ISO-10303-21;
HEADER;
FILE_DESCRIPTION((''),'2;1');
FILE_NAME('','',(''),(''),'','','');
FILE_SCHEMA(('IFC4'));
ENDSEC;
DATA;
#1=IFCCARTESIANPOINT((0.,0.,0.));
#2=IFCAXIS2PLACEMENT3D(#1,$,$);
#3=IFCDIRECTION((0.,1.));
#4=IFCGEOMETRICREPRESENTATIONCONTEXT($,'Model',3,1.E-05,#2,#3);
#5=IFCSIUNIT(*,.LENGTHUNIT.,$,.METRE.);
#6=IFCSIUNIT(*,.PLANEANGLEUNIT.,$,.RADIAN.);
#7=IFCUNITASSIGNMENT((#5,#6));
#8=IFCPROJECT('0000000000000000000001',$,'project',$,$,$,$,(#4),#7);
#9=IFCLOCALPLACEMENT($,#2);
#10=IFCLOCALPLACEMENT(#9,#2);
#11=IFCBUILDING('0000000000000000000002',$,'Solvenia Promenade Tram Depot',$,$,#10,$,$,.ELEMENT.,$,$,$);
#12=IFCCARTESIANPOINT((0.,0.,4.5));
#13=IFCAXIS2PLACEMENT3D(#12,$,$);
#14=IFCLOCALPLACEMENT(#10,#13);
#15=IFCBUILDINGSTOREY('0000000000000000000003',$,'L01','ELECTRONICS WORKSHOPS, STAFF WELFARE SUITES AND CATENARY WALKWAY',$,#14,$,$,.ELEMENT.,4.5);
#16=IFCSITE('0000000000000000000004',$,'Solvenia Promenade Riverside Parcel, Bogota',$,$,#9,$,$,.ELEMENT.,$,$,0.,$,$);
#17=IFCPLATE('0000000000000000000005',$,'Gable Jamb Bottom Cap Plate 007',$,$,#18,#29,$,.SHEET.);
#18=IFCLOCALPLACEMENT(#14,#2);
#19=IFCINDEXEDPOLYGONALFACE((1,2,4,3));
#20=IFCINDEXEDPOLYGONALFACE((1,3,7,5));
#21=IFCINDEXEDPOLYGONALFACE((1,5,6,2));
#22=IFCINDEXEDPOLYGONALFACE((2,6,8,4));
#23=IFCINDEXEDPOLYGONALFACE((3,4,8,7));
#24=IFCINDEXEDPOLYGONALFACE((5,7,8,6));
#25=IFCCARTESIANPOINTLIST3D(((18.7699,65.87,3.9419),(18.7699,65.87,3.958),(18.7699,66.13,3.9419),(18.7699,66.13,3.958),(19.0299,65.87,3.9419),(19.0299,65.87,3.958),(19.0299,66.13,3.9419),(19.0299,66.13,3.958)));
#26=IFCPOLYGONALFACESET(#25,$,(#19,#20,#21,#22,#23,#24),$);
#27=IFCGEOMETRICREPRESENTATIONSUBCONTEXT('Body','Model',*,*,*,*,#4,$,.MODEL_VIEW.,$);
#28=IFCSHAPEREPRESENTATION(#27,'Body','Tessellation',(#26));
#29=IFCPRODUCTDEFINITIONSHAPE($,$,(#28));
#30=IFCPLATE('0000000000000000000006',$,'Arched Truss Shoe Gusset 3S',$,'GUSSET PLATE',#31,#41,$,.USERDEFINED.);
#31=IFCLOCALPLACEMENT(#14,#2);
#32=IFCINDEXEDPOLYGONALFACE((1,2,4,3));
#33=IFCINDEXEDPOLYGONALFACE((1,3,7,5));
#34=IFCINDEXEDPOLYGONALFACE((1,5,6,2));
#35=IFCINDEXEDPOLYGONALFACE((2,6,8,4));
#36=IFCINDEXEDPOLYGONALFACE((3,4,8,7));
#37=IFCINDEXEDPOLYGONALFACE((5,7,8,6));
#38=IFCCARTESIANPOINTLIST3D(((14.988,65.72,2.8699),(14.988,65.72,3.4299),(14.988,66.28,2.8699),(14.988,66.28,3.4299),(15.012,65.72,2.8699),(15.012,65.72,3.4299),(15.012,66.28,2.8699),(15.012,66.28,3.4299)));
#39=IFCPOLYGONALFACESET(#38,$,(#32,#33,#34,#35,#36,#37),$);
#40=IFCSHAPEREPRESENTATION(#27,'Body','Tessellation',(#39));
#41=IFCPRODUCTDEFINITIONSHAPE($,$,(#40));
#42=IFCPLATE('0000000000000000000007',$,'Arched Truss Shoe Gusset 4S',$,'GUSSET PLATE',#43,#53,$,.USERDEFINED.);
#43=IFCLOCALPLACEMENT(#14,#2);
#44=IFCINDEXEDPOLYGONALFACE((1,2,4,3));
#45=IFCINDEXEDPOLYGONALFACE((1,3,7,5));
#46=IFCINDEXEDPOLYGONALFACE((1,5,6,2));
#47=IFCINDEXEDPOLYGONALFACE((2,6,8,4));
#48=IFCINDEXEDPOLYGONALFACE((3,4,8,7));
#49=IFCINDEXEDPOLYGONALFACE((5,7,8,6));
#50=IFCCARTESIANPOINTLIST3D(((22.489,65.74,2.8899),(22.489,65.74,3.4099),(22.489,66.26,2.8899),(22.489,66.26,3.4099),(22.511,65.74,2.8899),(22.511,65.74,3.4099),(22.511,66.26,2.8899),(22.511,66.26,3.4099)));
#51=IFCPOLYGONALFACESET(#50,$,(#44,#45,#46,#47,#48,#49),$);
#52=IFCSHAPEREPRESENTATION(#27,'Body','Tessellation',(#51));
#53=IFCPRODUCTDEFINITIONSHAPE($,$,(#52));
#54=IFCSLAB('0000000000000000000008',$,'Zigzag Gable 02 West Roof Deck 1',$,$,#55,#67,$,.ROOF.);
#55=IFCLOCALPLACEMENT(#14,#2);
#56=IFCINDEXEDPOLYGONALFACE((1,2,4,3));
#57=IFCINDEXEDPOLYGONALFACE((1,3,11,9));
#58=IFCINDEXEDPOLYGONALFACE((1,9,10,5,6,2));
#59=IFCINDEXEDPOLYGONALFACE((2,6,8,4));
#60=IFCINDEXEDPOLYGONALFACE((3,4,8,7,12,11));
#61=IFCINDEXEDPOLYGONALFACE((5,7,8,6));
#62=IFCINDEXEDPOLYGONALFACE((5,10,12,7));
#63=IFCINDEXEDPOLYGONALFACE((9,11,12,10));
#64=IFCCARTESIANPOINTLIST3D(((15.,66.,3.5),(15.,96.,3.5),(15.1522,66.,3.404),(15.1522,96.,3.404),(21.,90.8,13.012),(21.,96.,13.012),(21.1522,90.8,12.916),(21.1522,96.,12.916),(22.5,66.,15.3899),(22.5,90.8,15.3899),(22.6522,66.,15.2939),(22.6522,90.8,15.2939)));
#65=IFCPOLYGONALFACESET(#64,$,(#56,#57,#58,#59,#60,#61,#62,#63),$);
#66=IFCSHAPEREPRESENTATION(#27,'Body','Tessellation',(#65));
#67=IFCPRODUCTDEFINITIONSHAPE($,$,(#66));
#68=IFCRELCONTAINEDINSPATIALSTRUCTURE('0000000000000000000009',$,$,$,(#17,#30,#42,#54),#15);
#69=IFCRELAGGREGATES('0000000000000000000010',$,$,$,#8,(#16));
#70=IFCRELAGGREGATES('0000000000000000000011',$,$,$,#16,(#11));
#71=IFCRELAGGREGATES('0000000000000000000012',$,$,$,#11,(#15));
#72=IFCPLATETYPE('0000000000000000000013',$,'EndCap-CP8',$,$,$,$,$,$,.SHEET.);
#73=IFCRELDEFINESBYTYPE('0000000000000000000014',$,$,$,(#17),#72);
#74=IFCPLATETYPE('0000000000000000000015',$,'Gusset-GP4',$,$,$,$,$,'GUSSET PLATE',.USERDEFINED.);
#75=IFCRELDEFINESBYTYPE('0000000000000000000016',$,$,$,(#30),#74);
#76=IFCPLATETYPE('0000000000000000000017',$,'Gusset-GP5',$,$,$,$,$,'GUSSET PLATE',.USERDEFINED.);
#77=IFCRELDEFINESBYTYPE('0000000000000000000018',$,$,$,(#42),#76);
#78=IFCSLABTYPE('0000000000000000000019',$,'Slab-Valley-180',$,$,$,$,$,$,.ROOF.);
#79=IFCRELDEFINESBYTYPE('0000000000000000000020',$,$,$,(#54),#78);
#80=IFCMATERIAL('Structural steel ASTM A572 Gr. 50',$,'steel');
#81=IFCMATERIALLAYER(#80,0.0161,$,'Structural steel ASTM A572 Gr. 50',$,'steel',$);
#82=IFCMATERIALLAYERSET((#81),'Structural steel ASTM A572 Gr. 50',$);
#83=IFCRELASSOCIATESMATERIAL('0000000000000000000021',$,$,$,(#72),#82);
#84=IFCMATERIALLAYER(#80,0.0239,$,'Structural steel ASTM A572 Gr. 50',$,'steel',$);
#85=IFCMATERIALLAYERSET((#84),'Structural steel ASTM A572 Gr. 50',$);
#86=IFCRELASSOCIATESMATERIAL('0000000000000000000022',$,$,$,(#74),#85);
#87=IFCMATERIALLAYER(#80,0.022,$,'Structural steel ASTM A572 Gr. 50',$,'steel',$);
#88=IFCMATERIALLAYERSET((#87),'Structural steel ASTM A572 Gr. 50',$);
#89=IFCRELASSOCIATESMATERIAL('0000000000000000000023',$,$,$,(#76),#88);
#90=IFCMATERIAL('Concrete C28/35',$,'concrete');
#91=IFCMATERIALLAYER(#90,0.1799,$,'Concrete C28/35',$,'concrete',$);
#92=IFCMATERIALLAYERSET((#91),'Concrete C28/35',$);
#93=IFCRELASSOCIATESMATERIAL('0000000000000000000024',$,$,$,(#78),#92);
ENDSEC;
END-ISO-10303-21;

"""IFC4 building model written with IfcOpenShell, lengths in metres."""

from ifc_helpers import new_model, si_unit, direction, frame, origin, origin_2d, place, context, subcontext, project, spatial, polyline, rectangle, outline, extrude, material, layer, layer_set, type_object, element, save


model = new_model("IFC4")

# Units and contexts
model_context = context("Model", 3, precision=1e-05, world=origin(), true_north=direction((0.0, 1.0)))
body_context = subcontext(model_context, "Body", "Model", "MODEL_VIEW")
ifc_project = project(units=[si_unit("LENGTHUNIT", "METRE"), si_unit("PLANEANGLEUNIT", "RADIAN")], contexts=[model_context])

# Site, building, storey
site_placement = place(None, origin())
site = spatial("IfcSite", under=ifc_project, at=site_placement, Name="Solvenia Promenade Riverside Parcel, Bogota", CompositionType="ELEMENT", RefElevation=0.0)
building_placement = place(site_placement, origin())
building = spatial("IfcBuilding", under=site, at=building_placement, Name="Solvenia Promenade Tram Depot", CompositionType="ELEMENT")
storey_placement = place(building_placement, frame((0.0, 0.0, 4.5)))
storey = spatial("IfcBuildingStorey", under=building, at=storey_placement, Name="L01", Description="ELECTRONICS WORKSHOPS, STAFF WELFARE SUITES AND CATENARY WALKWAY", CompositionType="ELEMENT", Elevation=4.5)

# Plates
ifc_material_1 = material(Name="Structural steel ASTM A572 Gr. 50", Category="steel")
ifc_layer_1 = layer(ifc_material_1, 0.0161, Name="Structural steel ASTM A572 Gr. 50", Category="steel")
ifc_layer_set_1 = layer_set([ifc_layer_1], Name="Structural steel ASTM A572 Gr. 50")
plate_type_1 = type_object("IfcPlateType", Name="EndCap-CP8", PredefinedType="SHEET", material=ifc_layer_set_1)
plate_1_placement = place(storey_placement, frame((18.8999, 66.0, 3.9419), z_axis=(0.0, 0.0, 1.0), x_axis=(1.0, 0.0, 0.0)))
element("IfcPlate", 1, at=plate_1_placement, inside=storey, type_object=plate_type_1, Name="Gable Jamb Bottom Cap Plate 007", PredefinedType="SHEET", context=body_context, shape_type="SweptSolid", body=[
    extrude(rectangle(XDim=0.26, YDim=0.26, at=origin_2d()), origin(), (0.0, 0.0, 1.0), 0.0161),
])
ifc_layer_2 = layer(ifc_material_1, 0.0239, Name="Structural steel ASTM A572 Gr. 50", Category="steel")
ifc_layer_set_2 = layer_set([ifc_layer_2], Name="Structural steel ASTM A572 Gr. 50")
plate_type_2 = type_object("IfcPlateType", Name="Gusset-GP4", ElementType="GUSSET PLATE", PredefinedType="USERDEFINED", material=ifc_layer_set_2)
plate_2_placement = place(storey_placement, frame((15.0, 66.0, 2.8699), z_axis=(0.0, 0.0, 1.0), x_axis=(1.0, 0.0, 0.0)))
element("IfcPlate", 2, at=plate_2_placement, inside=storey, type_object=plate_type_2, Name="Arched Truss Shoe Gusset 3S", ObjectType="GUSSET PLATE", PredefinedType="USERDEFINED", context=body_context, shape_type="SweptSolid", body=[
    extrude(rectangle(XDim=0.0239, YDim=0.5601, at=origin_2d()), origin(), (0.0, 0.0, 1.0), 0.5601),
])
ifc_layer_3 = layer(ifc_material_1, 0.022, Name="Structural steel ASTM A572 Gr. 50", Category="steel")
ifc_layer_set_3 = layer_set([ifc_layer_3], Name="Structural steel ASTM A572 Gr. 50")
plate_type_3 = type_object("IfcPlateType", Name="Gusset-GP5", ElementType="GUSSET PLATE", PredefinedType="USERDEFINED", material=ifc_layer_set_3)
plate_3_placement = place(storey_placement, frame((22.5, 66.0, 2.8899), z_axis=(0.0, 0.0, 1.0), x_axis=(1.0, 0.0, 0.0)))
element("IfcPlate", 3, at=plate_3_placement, inside=storey, type_object=plate_type_3, Name="Arched Truss Shoe Gusset 4S", ObjectType="GUSSET PLATE", PredefinedType="USERDEFINED", context=body_context, shape_type="SweptSolid", body=[
    extrude(rectangle(XDim=0.022, YDim=0.52, at=origin_2d()), origin(), (0.0, 0.0, 1.0), 0.52),
])

# Slab
ifc_material_2 = material(Name="Concrete C28/35", Category="concrete")
ifc_layer_4 = layer(ifc_material_2, 0.1799, Name="Concrete C28/35", Category="concrete")
ifc_layer_set_4 = layer_set([ifc_layer_4], Name="Concrete C28/35")
slab_type = type_object("IfcSlabType", Name="Slab-Valley-180", PredefinedType="ROOF", material=ifc_layer_set_4)
slab_placement = place(storey_placement, frame((15.0, 66.0, 3.5), z_axis=(-0.845791, 0.0, 0.533514), x_axis=(0.0, 1.0, 0.0)))
element("IfcSlab", 4, at=slab_placement, inside=storey, type_object=slab_type, Name="Zigzag Gable 02 West Roof Deck 1", PredefinedType="ROOF", context=body_context, shape_type="SweptSolid", body=[
    extrude(outline(polyline([(0.0, 0.0), (30.0, 0.0), (30.0, -11.2462), (24.8, -11.2462), (24.8, -14.0577), (0.0, -14.0577), (0.0, 0.0)])), origin(), (0.0, 0.0, -1.0), 0.1799),
])

save(model, "model.ifc")
